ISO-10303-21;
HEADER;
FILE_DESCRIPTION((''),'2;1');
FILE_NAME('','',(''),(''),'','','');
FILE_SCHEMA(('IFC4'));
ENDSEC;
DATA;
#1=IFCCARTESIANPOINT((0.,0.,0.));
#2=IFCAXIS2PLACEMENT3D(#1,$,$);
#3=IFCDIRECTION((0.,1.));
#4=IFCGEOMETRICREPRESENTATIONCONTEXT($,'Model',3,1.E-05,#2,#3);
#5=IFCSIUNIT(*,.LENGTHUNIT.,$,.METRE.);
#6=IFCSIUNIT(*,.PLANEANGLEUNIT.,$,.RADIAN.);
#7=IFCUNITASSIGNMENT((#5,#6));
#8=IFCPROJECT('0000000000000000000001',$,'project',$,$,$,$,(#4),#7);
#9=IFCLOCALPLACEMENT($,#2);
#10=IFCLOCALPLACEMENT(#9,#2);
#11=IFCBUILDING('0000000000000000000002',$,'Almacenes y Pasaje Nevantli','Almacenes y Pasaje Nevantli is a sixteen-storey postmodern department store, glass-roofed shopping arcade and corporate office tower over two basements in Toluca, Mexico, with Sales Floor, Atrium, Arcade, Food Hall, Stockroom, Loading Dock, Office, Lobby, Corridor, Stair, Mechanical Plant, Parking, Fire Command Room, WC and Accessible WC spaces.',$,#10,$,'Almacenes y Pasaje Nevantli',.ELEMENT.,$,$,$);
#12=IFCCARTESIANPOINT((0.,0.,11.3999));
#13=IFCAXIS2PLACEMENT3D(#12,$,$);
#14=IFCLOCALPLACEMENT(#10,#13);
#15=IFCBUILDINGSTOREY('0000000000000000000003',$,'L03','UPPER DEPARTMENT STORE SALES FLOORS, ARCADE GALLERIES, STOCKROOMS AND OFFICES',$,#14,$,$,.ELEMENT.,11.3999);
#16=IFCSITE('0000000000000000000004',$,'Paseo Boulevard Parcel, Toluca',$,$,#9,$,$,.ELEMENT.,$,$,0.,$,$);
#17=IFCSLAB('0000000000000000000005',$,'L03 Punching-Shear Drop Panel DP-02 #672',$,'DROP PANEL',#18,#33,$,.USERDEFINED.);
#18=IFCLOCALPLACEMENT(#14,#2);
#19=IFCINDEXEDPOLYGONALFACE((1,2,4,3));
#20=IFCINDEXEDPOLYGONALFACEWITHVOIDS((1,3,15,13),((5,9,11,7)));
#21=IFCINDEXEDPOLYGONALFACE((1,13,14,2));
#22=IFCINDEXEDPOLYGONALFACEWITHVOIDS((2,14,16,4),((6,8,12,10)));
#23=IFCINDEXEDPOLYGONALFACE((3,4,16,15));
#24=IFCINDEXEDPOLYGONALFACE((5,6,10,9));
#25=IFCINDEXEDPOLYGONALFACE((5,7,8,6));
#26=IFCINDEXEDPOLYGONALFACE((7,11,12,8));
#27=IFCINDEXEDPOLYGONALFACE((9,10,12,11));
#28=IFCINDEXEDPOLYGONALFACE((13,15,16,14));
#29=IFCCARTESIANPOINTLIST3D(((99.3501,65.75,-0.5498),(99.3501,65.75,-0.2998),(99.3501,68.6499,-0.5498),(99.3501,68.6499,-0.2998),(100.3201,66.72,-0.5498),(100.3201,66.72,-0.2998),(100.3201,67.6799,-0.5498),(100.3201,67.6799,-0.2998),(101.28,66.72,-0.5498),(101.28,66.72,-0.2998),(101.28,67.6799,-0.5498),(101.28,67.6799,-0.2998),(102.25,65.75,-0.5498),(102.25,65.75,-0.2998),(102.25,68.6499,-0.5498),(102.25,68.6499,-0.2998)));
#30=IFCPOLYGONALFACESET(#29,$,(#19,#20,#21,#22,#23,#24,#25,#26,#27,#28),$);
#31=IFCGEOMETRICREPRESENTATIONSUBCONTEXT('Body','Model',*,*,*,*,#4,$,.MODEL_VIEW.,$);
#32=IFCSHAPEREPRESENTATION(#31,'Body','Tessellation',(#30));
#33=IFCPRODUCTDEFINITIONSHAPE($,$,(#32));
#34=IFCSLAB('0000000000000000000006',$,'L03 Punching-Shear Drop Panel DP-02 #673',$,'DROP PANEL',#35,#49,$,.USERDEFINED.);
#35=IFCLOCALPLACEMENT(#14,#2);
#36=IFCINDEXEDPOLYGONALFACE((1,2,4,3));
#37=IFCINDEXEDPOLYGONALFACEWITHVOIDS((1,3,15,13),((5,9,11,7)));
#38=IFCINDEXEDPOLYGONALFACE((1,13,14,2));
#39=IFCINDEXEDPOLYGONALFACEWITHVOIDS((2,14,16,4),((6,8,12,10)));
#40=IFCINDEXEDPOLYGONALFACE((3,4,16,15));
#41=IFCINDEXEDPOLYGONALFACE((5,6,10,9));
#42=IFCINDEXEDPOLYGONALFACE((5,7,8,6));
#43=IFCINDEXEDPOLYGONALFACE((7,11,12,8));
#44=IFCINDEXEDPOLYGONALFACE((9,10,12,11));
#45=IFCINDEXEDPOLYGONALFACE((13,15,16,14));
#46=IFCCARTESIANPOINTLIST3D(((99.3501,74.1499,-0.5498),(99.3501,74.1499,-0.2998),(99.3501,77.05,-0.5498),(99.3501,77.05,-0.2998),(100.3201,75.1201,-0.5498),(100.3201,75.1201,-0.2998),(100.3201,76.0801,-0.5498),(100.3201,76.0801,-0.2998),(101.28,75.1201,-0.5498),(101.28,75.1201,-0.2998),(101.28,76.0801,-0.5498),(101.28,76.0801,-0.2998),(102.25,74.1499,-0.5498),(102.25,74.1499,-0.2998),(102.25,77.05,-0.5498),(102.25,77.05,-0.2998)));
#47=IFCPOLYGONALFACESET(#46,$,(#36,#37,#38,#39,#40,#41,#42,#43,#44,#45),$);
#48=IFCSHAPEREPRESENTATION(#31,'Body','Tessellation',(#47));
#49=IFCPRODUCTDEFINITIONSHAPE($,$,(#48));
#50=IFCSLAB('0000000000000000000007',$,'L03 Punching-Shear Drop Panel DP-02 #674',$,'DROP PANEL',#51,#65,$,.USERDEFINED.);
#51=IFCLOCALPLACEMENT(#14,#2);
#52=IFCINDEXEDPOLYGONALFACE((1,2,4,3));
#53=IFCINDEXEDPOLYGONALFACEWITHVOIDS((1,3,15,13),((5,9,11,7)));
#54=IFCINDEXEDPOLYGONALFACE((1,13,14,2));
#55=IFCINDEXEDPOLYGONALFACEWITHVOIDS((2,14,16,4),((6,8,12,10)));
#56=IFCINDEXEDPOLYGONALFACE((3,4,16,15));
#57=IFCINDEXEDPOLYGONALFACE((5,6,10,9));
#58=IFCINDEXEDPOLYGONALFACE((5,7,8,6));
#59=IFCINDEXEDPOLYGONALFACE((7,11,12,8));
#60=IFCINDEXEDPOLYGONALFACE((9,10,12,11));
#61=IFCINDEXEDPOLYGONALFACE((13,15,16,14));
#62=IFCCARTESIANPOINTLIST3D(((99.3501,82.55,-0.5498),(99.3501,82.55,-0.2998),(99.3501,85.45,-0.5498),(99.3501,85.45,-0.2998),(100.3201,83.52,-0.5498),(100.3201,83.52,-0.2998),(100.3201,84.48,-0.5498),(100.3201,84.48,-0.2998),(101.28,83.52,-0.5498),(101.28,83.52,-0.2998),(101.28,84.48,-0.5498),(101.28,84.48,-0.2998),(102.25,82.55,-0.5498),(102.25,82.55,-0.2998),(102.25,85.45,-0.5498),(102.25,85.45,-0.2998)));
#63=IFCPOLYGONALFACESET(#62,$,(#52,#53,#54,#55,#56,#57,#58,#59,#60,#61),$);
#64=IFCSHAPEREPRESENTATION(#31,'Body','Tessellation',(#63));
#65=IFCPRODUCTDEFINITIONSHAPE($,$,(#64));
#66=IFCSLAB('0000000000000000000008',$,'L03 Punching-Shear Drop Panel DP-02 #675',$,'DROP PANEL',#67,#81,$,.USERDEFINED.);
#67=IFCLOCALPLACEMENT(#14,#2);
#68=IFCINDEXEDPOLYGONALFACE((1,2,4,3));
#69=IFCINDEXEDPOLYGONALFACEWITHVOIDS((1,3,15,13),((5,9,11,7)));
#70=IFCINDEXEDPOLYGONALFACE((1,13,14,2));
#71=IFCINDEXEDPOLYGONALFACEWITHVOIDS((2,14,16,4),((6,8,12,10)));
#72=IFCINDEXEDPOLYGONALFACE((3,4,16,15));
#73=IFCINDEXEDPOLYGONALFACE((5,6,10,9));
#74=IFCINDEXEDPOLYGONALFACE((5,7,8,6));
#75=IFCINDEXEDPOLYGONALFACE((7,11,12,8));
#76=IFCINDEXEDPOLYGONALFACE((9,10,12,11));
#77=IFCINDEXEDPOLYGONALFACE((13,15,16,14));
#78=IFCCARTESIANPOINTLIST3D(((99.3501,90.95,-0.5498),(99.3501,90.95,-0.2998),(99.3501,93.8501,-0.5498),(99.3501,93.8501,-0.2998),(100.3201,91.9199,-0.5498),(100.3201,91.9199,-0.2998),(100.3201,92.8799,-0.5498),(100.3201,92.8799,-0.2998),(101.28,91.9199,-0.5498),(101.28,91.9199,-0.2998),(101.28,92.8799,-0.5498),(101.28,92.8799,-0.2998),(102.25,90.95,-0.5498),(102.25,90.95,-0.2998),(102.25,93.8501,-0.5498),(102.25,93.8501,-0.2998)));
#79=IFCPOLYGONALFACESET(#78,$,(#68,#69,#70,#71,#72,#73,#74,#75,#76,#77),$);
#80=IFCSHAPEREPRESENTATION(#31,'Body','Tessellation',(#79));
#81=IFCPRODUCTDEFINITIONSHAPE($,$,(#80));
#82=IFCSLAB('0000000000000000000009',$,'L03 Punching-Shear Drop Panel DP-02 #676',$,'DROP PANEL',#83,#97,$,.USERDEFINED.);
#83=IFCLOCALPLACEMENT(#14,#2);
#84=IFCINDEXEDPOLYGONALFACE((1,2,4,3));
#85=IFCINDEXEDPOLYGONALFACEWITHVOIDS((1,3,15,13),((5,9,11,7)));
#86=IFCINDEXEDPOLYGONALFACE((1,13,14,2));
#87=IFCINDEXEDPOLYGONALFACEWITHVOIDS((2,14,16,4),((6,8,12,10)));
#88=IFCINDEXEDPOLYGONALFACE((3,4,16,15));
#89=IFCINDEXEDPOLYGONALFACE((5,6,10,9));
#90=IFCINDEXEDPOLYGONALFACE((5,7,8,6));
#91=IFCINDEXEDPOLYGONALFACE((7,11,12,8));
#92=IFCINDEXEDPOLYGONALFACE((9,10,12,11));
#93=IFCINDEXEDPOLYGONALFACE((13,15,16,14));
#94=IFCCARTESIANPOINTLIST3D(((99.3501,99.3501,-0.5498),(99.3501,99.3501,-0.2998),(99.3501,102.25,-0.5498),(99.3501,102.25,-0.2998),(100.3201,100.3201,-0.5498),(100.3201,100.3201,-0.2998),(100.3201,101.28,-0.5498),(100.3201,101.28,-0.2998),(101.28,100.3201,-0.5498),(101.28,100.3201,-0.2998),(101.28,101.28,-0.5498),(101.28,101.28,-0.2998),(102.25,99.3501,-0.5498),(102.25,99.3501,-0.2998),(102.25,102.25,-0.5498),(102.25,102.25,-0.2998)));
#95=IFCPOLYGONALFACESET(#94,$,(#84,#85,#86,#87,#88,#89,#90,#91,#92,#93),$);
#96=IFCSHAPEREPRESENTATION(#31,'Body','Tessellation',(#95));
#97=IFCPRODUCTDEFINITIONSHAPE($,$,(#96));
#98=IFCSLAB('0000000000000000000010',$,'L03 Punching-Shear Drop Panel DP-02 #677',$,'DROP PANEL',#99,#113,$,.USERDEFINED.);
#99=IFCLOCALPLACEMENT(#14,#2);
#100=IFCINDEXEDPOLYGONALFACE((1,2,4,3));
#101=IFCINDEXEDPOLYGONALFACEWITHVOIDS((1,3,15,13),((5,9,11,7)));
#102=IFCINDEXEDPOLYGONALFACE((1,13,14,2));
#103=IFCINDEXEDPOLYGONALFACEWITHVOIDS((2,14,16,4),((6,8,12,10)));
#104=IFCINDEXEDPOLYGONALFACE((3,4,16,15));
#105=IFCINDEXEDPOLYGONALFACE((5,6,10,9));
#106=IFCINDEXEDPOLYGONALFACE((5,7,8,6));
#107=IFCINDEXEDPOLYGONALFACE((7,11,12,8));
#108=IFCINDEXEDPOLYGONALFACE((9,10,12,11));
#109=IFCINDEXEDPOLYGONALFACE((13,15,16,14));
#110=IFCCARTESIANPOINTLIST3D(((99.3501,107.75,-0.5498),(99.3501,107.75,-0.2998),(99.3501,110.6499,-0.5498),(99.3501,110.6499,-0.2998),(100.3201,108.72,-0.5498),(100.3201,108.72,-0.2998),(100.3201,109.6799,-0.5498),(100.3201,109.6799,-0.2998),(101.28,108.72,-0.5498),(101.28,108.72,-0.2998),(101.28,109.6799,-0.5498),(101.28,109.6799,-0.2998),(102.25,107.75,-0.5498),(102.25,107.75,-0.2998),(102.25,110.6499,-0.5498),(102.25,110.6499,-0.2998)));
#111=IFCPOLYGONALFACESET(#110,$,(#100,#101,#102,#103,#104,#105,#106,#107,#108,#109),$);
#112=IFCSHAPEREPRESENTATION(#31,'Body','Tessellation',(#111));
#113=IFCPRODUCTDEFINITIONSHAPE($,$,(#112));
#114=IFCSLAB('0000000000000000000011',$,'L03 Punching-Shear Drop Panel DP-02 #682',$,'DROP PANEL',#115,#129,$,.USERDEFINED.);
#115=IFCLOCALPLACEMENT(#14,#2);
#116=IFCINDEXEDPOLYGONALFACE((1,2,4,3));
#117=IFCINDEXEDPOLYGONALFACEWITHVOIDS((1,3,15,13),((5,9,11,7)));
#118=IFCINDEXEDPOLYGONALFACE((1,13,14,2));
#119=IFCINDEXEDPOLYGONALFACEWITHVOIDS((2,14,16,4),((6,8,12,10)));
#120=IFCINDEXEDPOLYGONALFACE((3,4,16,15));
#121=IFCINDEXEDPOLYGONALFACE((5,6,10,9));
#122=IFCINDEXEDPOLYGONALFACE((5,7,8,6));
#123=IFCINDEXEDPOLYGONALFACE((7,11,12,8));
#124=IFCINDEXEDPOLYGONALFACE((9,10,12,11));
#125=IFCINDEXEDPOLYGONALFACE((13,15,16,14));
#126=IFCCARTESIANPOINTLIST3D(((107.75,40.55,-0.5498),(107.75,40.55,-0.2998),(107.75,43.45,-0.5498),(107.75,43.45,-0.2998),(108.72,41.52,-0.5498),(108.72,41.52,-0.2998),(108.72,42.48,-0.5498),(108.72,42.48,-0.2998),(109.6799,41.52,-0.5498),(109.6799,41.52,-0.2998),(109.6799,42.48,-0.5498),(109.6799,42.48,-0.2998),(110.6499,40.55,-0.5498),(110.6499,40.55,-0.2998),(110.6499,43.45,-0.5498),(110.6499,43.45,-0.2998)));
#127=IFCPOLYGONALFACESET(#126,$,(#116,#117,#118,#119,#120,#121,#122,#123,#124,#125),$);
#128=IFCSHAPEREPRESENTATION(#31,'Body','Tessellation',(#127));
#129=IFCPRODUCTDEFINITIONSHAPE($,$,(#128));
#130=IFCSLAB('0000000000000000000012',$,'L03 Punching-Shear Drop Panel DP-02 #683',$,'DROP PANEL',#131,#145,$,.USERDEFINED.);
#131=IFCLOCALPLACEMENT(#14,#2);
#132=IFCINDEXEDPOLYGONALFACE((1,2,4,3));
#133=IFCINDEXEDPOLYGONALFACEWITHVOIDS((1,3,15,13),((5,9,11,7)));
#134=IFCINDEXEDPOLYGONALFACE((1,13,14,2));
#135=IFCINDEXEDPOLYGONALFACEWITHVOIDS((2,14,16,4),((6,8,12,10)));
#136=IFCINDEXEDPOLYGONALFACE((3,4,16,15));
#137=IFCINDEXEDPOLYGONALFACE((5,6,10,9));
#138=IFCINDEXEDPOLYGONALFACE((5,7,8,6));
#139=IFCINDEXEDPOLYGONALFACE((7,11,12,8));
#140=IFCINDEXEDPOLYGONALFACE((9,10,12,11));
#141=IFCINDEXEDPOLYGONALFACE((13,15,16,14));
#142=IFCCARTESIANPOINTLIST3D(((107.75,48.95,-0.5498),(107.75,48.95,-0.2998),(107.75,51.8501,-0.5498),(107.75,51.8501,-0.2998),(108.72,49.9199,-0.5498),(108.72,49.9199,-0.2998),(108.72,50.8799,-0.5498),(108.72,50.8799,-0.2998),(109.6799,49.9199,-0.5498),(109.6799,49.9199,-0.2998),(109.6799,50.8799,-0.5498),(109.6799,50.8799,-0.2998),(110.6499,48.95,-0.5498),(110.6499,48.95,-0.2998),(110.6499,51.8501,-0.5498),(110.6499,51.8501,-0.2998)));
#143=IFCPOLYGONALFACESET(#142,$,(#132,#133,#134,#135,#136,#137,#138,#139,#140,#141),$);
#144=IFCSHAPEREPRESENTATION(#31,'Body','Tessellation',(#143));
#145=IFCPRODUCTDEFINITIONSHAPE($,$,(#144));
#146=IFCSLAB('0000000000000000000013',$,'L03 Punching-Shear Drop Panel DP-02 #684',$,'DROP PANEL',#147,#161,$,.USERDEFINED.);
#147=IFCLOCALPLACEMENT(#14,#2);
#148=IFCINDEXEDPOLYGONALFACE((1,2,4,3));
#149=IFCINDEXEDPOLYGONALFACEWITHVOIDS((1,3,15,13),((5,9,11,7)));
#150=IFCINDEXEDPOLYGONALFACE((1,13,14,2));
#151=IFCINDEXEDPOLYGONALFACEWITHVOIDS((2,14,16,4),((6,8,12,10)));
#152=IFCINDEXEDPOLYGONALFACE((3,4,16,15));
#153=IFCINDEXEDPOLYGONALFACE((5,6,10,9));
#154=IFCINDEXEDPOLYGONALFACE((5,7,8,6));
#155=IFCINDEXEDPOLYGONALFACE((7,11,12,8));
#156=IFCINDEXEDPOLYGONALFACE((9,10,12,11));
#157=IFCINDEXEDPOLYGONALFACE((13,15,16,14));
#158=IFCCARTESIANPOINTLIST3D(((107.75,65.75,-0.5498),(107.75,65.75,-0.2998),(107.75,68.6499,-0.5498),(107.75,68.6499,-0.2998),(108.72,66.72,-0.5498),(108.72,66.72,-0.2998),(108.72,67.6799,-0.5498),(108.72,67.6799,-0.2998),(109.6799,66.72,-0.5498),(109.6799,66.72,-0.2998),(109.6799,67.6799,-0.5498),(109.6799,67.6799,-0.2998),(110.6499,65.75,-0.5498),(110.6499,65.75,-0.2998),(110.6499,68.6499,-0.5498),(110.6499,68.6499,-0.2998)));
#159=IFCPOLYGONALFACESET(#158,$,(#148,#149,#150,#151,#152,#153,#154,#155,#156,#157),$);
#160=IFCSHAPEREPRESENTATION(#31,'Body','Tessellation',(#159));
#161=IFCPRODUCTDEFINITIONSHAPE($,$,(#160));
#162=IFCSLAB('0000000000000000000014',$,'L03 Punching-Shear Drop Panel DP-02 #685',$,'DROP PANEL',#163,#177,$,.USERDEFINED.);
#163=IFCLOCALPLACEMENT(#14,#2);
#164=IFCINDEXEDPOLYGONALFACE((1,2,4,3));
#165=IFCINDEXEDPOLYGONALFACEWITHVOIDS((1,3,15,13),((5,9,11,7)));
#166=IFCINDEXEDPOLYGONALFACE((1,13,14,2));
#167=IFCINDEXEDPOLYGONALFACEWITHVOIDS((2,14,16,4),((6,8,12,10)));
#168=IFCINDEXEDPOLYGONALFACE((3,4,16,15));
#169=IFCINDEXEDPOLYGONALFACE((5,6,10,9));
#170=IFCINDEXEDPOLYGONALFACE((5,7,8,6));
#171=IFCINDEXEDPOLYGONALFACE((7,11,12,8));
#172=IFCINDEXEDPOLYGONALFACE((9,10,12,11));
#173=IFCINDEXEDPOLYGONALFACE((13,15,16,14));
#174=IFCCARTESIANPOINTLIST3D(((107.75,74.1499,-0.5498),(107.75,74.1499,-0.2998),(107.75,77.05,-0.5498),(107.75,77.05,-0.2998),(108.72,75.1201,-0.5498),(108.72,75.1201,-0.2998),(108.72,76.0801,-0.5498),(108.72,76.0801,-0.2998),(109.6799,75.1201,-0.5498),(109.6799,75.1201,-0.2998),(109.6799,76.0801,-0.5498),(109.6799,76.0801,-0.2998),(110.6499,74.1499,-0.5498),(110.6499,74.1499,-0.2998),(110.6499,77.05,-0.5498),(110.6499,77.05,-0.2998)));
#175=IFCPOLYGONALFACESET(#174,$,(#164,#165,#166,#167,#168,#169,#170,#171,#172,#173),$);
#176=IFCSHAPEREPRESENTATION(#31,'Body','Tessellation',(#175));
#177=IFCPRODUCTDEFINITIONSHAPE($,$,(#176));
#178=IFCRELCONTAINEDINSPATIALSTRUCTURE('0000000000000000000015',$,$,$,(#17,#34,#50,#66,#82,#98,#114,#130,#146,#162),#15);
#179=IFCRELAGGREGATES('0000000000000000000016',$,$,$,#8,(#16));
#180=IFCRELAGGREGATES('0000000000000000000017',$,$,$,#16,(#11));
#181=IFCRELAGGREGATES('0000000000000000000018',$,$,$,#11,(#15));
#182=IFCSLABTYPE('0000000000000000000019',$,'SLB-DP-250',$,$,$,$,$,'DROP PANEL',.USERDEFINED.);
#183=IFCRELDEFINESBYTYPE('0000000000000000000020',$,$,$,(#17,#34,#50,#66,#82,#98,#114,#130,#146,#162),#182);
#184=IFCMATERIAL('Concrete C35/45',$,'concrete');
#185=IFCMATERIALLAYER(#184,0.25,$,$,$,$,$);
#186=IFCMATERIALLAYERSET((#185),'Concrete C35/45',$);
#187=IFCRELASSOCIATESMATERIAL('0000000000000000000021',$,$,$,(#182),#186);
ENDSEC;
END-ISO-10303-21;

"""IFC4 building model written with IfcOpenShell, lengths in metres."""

from ifc_helpers import new_model, si_unit, direction, frame, origin, place, context, subcontext, project, spatial, polyline, outline, extrude, material, layer, layer_set, type_object, element, save


model = new_model("IFC4")

# Units and contexts
model_context = context("Model", 3, precision=1e-05, world=origin(), true_north=direction((0.0, 1.0)))
body_context = subcontext(model_context, "Body", "Model", "MODEL_VIEW")
ifc_project = project(units=[si_unit("LENGTHUNIT", "METRE"), si_unit("PLANEANGLEUNIT", "RADIAN")], contexts=[model_context])

# Site, building, storey
site_placement = place(None, origin())
site = spatial("IfcSite", under=ifc_project, at=site_placement, Name="Paseo Boulevard Parcel, Toluca", CompositionType="ELEMENT", RefElevation=0.0)
building_placement = place(site_placement, origin())
building = spatial("IfcBuilding", under=site, at=building_placement, Name="Almacenes y Pasaje Nevantli", Description="Almacenes y Pasaje Nevantli is a sixteen-storey postmodern department store, glass-roofed shopping arcade and corporate office tower over two basements in Toluca, Mexico, with Sales Floor, Atrium, Arcade, Food Hall, Stockroom, Loading Dock, Office, Lobby, Corridor, Stair, Mechanical Plant, Parking, Fire Command Room, WC and Accessible WC spaces.", LongName="Almacenes y Pasaje Nevantli", CompositionType="ELEMENT")
storey_placement = place(building_placement, frame((0.0, 0.0, 11.3999)))
storey = spatial("IfcBuildingStorey", under=building, at=storey_placement, Name="L03", Description="UPPER DEPARTMENT STORE SALES FLOORS, ARCADE GALLERIES, STOCKROOMS AND OFFICES", CompositionType="ELEMENT", Elevation=11.3999)

# Slabs
ifc_material_1 = material(Name="Concrete C35/45", Category="concrete")
ifc_layer_1 = layer(ifc_material_1, 0.25)
ifc_layer_set_1 = layer_set([ifc_layer_1], Name="Concrete C35/45")
slab_type_1 = type_object("IfcSlabType", Name="SLB-DP-250", ElementType="DROP PANEL", PredefinedType="USERDEFINED", material=ifc_layer_set_1)
slab_1_placement = place(storey_placement, frame((0.0, 0.0, -0.5498)))
element("IfcSlab", 1, at=slab_1_placement, inside=storey, type_object=slab_type_1, Name="L03 Punching-Shear Drop Panel DP-02 #672", ObjectType="DROP PANEL", PredefinedType="USERDEFINED", context=body_context, shape_type="SweptSolid", body=[
    extrude(outline(polyline([(99.3501, 65.75), (102.25, 65.75), (102.25, 68.6499), (99.3501, 68.6499), (99.3501, 65.75)]), holes=[polyline([(100.3201, 66.72), (101.28, 66.72), (101.28, 67.6799), (100.3201, 67.6799), (100.3201, 66.72)])]), origin(), (0.0, 0.0, 1.0), 0.25),
])
slab_2_placement = place(storey_placement, frame((0.0, 0.0, -0.5498)))
element("IfcSlab", 2, at=slab_2_placement, inside=storey, type_object=slab_type_1, Name="L03 Punching-Shear Drop Panel DP-02 #673", ObjectType="DROP PANEL", PredefinedType="USERDEFINED", context=body_context, shape_type="SweptSolid", body=[
    extrude(outline(polyline([(99.3501, 74.1499), (102.25, 74.1499), (102.25, 77.05), (99.3501, 77.05), (99.3501, 74.1499)]), holes=[polyline([(100.3201, 75.1201), (101.28, 75.1201), (101.28, 76.0801), (100.3201, 76.0801), (100.3201, 75.1201)])]), origin(), (0.0, 0.0, 1.0), 0.25),
])
slab_3_placement = place(storey_placement, frame((0.0, 0.0, -0.5498)))
element("IfcSlab", 3, at=slab_3_placement, inside=storey, type_object=slab_type_1, Name="L03 Punching-Shear Drop Panel DP-02 #674", ObjectType="DROP PANEL", PredefinedType="USERDEFINED", context=body_context, shape_type="SweptSolid", body=[
    extrude(outline(polyline([(99.3501, 82.55), (102.25, 82.55), (102.25, 85.45), (99.3501, 85.45), (99.3501, 82.55)]), holes=[polyline([(100.3201, 83.52), (101.28, 83.52), (101.28, 84.48), (100.3201, 84.48), (100.3201, 83.52)])]), origin(), (0.0, 0.0, 1.0), 0.25),
])
slab_4_placement = place(storey_placement, frame((0.0, 0.0, -0.5498)))
element("IfcSlab", 4, at=slab_4_placement, inside=storey, type_object=slab_type_1, Name="L03 Punching-Shear Drop Panel DP-02 #675", ObjectType="DROP PANEL", PredefinedType="USERDEFINED", context=body_context, shape_type="SweptSolid", body=[
    extrude(outline(polyline([(99.3501, 90.95), (102.25, 90.95), (102.25, 93.8501), (99.3501, 93.8501), (99.3501, 90.95)]), holes=[polyline([(100.3201, 91.9199), (101.28, 91.9199), (101.28, 92.8799), (100.3201, 92.8799), (100.3201, 91.9199)])]), origin(), (0.0, 0.0, 1.0), 0.25),
])
slab_5_placement = place(storey_placement, frame((0.0, 0.0, -0.5498)))
element("IfcSlab", 5, at=slab_5_placement, inside=storey, type_object=slab_type_1, Name="L03 Punching-Shear Drop Panel DP-02 #676", ObjectType="DROP PANEL", PredefinedType="USERDEFINED", context=body_context, shape_type="SweptSolid", body=[
    extrude(outline(polyline([(99.3501, 99.3501), (102.25, 99.3501), (102.25, 102.25), (99.3501, 102.25), (99.3501, 99.3501)]), holes=[polyline([(100.3201, 100.3201), (101.28, 100.3201), (101.28, 101.28), (100.3201, 101.28), (100.3201, 100.3201)])]), origin(), (0.0, 0.0, 1.0), 0.25),
])
slab_6_placement = place(storey_placement, frame((0.0, 0.0, -0.5498)))
element("IfcSlab", 6, at=slab_6_placement, inside=storey, type_object=slab_type_1, Name="L03 Punching-Shear Drop Panel DP-02 #677", ObjectType="DROP PANEL", PredefinedType="USERDEFINED", context=body_context, shape_type="SweptSolid", body=[
    extrude(outline(polyline([(99.3501, 107.75), (102.25, 107.75), (102.25, 110.6499), (99.3501, 110.6499), (99.3501, 107.75)]), holes=[polyline([(100.3201, 108.72), (101.28, 108.72), (101.28, 109.6799), (100.3201, 109.6799), (100.3201, 108.72)])]), origin(), (0.0, 0.0, 1.0), 0.25),
])
slab_7_placement = place(storey_placement, frame((0.0, 0.0, -0.5498)))
element("IfcSlab", 7, at=slab_7_placement, inside=storey, type_object=slab_type_1, Name="L03 Punching-Shear Drop Panel DP-02 #682", ObjectType="DROP PANEL", PredefinedType="USERDEFINED", context=body_context, shape_type="SweptSolid", body=[
    extrude(outline(polyline([(107.75, 40.55), (110.6499, 40.55), (110.6499, 43.45), (107.75, 43.45), (107.75, 40.55)]), holes=[polyline([(108.72, 41.52), (109.6799, 41.52), (109.6799, 42.48), (108.72, 42.48), (108.72, 41.52)])]), origin(), (0.0, 0.0, 1.0), 0.25),
])
slab_8_placement = place(storey_placement, frame((0.0, 0.0, -0.5498)))
element("IfcSlab", 8, at=slab_8_placement, inside=storey, type_object=slab_type_1, Name="L03 Punching-Shear Drop Panel DP-02 #683", ObjectType="DROP PANEL", PredefinedType="USERDEFINED", context=body_context, shape_type="SweptSolid", body=[
    extrude(outline(polyline([(107.75, 48.95), (110.6499, 48.95), (110.6499, 51.8501), (107.75, 51.8501), (107.75, 48.95)]), holes=[polyline([(108.72, 49.9199), (109.6799, 49.9199), (109.6799, 50.8799), (108.72, 50.8799), (108.72, 49.9199)])]), origin(), (0.0, 0.0, 1.0), 0.25),
])
slab_9_placement = place(storey_placement, frame((0.0, 0.0, -0.5498)))
element("IfcSlab", 9, at=slab_9_placement, inside=storey, type_object=slab_type_1, Name="L03 Punching-Shear Drop Panel DP-02 #684", ObjectType="DROP PANEL", PredefinedType="USERDEFINED", context=body_context, shape_type="SweptSolid", body=[
    extrude(outline(polyline([(107.75, 65.75), (110.6499, 65.75), (110.6499, 68.6499), (107.75, 68.6499), (107.75, 65.75)]), holes=[polyline([(108.72, 66.72), (109.6799, 66.72), (109.6799, 67.6799), (108.72, 67.6799), (108.72, 66.72)])]), origin(), (0.0, 0.0, 1.0), 0.25),
])
slab_10_placement = place(storey_placement, frame((0.0, 0.0, -0.5498)))
element("IfcSlab", 10, at=slab_10_placement, inside=storey, type_object=slab_type_1, Name="L03 Punching-Shear Drop Panel DP-02 #685", ObjectType="DROP PANEL", PredefinedType="USERDEFINED", context=body_context, shape_type="SweptSolid", body=[
    extrude(outline(polyline([(107.75, 74.1499), (110.6499, 74.1499), (110.6499, 77.05), (107.75, 77.05), (107.75, 74.1499)]), holes=[polyline([(108.72, 75.1201), (109.6799, 75.1201), (109.6799, 76.0801), (108.72, 76.0801), (108.72, 75.1201)])]), origin(), (0.0, 0.0, 1.0), 0.25),
])

save(model, "model.ifc")
